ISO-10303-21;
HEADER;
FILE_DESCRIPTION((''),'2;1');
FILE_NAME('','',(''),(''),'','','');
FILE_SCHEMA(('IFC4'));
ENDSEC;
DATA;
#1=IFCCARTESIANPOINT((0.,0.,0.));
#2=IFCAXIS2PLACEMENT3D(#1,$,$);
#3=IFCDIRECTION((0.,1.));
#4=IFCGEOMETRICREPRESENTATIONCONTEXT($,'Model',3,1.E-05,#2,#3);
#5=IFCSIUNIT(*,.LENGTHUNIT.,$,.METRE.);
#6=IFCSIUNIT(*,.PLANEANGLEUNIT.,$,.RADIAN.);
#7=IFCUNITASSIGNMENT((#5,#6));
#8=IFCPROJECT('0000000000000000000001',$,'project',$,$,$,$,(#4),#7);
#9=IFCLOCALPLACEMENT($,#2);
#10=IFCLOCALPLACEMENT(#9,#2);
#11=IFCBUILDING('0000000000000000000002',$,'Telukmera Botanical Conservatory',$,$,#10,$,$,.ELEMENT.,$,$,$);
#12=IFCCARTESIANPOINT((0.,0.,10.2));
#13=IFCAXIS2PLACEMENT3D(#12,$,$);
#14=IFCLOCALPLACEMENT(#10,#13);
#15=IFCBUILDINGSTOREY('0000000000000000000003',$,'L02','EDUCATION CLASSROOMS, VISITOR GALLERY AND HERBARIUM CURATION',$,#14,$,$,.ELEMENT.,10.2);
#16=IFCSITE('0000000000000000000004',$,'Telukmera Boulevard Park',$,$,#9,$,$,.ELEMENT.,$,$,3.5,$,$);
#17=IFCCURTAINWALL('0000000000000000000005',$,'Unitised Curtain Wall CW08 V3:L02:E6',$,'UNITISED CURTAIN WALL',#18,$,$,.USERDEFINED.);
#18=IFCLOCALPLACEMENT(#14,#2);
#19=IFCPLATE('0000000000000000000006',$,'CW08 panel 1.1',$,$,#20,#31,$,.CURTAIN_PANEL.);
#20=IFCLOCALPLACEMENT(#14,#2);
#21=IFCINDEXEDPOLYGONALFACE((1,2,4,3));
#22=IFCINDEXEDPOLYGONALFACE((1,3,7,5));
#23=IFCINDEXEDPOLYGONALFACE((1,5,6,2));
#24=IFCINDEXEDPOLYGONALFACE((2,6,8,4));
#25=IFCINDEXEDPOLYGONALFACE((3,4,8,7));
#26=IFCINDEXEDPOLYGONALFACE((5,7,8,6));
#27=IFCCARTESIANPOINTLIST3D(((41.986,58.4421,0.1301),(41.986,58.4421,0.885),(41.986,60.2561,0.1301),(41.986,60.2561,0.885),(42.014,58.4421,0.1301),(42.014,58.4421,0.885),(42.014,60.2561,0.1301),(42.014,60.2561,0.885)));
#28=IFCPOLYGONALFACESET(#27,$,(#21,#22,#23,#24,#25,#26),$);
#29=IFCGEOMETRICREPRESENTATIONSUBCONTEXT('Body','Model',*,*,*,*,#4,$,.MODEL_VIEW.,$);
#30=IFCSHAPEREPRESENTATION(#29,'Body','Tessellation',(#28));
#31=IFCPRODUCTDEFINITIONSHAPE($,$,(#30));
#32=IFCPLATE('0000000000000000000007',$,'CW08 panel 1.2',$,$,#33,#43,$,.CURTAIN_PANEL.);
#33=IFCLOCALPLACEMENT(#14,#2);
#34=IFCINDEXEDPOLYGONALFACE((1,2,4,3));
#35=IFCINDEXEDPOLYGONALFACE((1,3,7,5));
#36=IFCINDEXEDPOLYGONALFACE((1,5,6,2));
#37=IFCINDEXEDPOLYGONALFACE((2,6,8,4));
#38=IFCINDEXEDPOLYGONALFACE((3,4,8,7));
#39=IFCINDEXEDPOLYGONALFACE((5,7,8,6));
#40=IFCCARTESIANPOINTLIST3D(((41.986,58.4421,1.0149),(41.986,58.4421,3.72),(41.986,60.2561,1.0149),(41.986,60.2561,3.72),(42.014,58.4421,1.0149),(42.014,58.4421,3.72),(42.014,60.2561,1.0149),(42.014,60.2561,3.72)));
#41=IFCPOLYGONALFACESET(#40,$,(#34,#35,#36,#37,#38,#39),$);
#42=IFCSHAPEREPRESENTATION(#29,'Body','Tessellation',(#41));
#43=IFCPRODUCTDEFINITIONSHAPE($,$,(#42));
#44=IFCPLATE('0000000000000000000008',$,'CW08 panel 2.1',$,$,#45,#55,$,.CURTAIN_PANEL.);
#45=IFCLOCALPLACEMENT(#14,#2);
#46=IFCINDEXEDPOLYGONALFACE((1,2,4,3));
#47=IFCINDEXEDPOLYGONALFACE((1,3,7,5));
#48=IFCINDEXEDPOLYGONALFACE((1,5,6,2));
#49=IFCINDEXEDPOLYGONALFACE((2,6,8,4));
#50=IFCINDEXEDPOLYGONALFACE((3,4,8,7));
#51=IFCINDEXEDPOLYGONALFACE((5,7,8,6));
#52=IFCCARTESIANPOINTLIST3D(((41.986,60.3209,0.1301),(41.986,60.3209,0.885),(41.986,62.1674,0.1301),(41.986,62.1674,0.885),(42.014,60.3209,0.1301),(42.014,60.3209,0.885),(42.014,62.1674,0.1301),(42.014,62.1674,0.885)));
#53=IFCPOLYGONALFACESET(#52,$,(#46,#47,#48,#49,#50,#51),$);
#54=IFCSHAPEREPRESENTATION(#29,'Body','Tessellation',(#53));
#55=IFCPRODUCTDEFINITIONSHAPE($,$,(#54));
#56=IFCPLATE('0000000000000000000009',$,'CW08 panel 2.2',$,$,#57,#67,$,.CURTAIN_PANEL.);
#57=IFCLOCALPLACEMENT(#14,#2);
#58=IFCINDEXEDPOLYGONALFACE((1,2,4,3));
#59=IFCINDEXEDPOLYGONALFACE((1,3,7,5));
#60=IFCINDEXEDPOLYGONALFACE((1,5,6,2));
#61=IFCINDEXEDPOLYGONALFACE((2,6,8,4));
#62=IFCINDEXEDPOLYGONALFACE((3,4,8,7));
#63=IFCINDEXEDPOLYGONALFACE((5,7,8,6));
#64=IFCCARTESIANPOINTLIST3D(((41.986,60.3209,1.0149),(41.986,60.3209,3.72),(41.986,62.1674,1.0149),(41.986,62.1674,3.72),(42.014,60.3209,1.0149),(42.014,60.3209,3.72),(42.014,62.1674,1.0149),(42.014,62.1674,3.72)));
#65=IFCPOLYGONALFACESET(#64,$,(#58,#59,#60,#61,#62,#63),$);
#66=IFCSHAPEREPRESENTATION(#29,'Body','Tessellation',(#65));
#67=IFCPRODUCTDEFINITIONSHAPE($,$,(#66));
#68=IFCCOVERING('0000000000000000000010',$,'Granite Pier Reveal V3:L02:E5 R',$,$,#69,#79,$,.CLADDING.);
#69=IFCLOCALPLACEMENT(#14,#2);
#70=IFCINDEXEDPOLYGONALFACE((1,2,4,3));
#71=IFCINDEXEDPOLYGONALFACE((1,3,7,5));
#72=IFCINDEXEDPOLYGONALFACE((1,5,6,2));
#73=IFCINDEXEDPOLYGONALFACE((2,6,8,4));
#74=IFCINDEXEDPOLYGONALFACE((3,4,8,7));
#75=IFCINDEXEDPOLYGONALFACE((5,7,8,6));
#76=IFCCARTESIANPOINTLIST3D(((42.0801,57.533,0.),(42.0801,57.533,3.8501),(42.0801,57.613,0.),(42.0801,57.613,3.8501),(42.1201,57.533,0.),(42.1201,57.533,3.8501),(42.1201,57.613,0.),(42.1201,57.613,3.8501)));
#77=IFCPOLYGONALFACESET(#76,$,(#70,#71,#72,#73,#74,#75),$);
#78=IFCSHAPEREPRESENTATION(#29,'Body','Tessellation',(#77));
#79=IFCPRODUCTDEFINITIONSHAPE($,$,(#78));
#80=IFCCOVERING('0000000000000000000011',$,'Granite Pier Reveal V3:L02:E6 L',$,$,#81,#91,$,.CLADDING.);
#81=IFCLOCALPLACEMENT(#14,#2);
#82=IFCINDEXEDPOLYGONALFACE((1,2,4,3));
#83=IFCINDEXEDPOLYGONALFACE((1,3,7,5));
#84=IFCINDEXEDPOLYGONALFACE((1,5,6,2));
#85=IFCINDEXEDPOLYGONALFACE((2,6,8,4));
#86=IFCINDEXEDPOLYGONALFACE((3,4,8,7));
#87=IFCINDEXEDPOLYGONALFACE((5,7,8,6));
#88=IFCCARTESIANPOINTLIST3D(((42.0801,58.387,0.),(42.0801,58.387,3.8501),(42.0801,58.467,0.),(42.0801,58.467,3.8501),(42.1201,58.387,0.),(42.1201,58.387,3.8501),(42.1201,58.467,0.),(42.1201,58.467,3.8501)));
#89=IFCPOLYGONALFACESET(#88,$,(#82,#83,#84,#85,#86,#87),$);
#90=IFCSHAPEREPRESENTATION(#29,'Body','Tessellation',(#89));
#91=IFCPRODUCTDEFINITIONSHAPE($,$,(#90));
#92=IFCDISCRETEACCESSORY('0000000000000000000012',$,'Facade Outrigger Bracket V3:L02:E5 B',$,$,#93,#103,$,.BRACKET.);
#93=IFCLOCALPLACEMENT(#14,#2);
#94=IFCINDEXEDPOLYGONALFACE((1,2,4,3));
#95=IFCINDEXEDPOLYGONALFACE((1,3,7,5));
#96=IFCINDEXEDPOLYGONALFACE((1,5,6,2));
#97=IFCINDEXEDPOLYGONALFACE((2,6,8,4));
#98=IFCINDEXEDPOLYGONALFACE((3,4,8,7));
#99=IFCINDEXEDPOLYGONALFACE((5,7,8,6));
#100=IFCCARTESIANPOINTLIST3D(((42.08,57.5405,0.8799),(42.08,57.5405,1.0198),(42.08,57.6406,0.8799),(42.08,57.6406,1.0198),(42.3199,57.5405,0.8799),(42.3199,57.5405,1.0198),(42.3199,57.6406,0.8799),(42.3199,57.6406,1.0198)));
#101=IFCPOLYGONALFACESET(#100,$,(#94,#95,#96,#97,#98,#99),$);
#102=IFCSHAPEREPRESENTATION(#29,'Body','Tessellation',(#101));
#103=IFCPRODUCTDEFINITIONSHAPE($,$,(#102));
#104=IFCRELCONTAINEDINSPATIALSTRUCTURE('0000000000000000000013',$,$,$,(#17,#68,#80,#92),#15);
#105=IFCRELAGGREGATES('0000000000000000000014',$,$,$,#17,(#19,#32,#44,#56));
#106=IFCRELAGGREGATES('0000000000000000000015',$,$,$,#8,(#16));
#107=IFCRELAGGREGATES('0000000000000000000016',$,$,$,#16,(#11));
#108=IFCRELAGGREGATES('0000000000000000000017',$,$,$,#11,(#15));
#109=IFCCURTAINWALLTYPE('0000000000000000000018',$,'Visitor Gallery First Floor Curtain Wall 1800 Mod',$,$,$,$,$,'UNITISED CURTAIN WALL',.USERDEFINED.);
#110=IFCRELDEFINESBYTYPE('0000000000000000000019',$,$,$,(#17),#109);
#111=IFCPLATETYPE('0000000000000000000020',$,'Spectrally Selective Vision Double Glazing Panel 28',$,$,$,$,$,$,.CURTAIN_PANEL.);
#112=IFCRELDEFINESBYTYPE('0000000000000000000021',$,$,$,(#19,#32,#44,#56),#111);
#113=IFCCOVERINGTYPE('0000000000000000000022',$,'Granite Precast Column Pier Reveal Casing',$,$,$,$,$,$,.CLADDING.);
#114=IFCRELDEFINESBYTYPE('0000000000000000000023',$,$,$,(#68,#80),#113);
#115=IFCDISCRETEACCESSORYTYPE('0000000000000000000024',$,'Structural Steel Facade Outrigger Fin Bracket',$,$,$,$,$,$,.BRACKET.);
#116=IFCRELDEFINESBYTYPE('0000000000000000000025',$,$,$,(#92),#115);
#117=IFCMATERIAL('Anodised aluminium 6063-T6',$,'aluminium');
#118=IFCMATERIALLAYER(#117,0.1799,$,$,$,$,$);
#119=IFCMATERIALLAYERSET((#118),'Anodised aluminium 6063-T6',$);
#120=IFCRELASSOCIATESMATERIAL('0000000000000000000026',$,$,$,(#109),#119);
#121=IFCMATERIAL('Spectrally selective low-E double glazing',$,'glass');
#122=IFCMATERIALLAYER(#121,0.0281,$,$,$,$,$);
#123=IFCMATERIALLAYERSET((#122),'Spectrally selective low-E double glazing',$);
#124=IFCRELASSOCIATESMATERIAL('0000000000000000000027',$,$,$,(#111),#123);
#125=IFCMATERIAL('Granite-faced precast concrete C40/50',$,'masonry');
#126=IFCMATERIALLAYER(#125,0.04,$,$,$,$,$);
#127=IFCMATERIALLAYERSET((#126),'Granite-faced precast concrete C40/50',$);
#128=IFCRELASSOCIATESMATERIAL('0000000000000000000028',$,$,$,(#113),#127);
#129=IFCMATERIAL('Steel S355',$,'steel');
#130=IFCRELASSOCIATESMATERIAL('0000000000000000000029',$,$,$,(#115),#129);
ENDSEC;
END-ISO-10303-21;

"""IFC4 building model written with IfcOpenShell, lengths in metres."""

from ifc_helpers import new_model, si_unit, direction, frame, origin, origin_2d, place, context, subcontext, project, spatial, rectangle, extrude, material, layer, layer_set, type_object, element, aggregate, save


model = new_model("IFC4")

# Units and contexts
model_context = context("Model", 3, precision=1e-05, world=origin(), true_north=direction((0.0, 1.0)))
body_context = subcontext(model_context, "Body", "Model", "MODEL_VIEW")
ifc_project = project(units=[si_unit("LENGTHUNIT", "METRE"), si_unit("PLANEANGLEUNIT", "RADIAN")], contexts=[model_context])

# Site, building, storey
site_placement = place(None, origin())
site = spatial("IfcSite", under=ifc_project, at=site_placement, Name="Telukmera Boulevard Park", CompositionType="ELEMENT", RefElevation=3.5)
building_placement = place(site_placement, origin())
building = spatial("IfcBuilding", under=site, at=building_placement, Name="Telukmera Botanical Conservatory", CompositionType="ELEMENT")
storey_placement = place(building_placement, frame((0.0, 0.0, 10.2)))
storey = spatial("IfcBuildingStorey", under=building, at=storey_placement, Name="L02", Description="EDUCATION CLASSROOMS, VISITOR GALLERY AND HERBARIUM CURATION", CompositionType="ELEMENT", Elevation=10.2)

# Curtain wall
ifc_material_1 = material(Name="Anodised aluminium 6063-T6", Category="aluminium")
ifc_layer_1 = layer(ifc_material_1, 0.1799)
ifc_layer_set_1 = layer_set([ifc_layer_1], Name="Anodised aluminium 6063-T6")
curtain_wall_type_1 = type_object("IfcCurtainWallType", Name="Visitor Gallery First Floor Curtain Wall 1800 Mod", ElementType="UNITISED CURTAIN WALL", PredefinedType="USERDEFINED", material=ifc_layer_set_1)
curtain_wall_1_placement = place(storey_placement, origin())
curtain_wall_1 = element("IfcCurtainWall", 1, at=curtain_wall_1_placement, inside=storey, type_object=curtain_wall_type_1, Name="Unitised Curtain Wall CW08 V3:L02:E6", ObjectType="UNITISED CURTAIN WALL", PredefinedType="USERDEFINED")

# Plates
ifc_material_2 = material(Name="Spectrally selective low-E double glazing", Category="glass")
ifc_layer_2 = layer(ifc_material_2, 0.0281)
ifc_layer_set_2 = layer_set([ifc_layer_2], Name="Spectrally selective low-E double glazing")
plate_type_1 = type_object("IfcPlateType", Name="Spectrally Selective Vision Double Glazing Panel 28", PredefinedType="CURTAIN_PANEL", material=ifc_layer_set_2)
plate_1_placement = place(storey_placement, frame((42.0, 59.3491, 0.1301), z_axis=(0.0, 0.0, 1.0), x_axis=(0.0, 1.0, 0.0)))
plate_1 = element("IfcPlate", 2, at=plate_1_placement, type_object=plate_type_1, Name="CW08 panel 1.1", PredefinedType="CURTAIN_PANEL", context=body_context, shape_type="SweptSolid", body=[
    extrude(rectangle(XDim=1.814, YDim=0.0281, at=origin_2d()), origin(), (0.0, 0.0, 1.0), 0.7549),
])
plate_2_placement = place(storey_placement, frame((42.0, 59.3491, 1.0149), z_axis=(0.0, 0.0, 1.0), x_axis=(0.0, 1.0, 0.0)))
plate_2 = element("IfcPlate", 3, at=plate_2_placement, type_object=plate_type_1, Name="CW08 panel 1.2", PredefinedType="CURTAIN_PANEL", context=body_context, shape_type="SweptSolid", body=[
    extrude(rectangle(XDim=1.814, YDim=0.0281, at=origin_2d()), origin(), (0.0, 0.0, 1.0), 2.7051),
])
plate_3_placement = place(storey_placement, frame((42.0, 61.2441, 0.1301), z_axis=(0.0, 0.0, 1.0), x_axis=(0.0, 1.0, 0.0)))
plate_3 = element("IfcPlate", 4, at=plate_3_placement, type_object=plate_type_1, Name="CW08 panel 2.1", PredefinedType="CURTAIN_PANEL", context=body_context, shape_type="SweptSolid", body=[
    extrude(rectangle(XDim=1.8464, YDim=0.0281, at=origin_2d()), origin(), (0.0, 0.0, 1.0), 0.7549),
])
plate_4_placement = place(storey_placement, frame((42.0, 61.2441, 1.0149), z_axis=(0.0, 0.0, 1.0), x_axis=(0.0, 1.0, 0.0)))
plate_4 = element("IfcPlate", 5, at=plate_4_placement, type_object=plate_type_1, Name="CW08 panel 2.2", PredefinedType="CURTAIN_PANEL", context=body_context, shape_type="SweptSolid", body=[
    extrude(rectangle(XDim=1.8464, YDim=0.0281, at=origin_2d()), origin(), (0.0, 0.0, 1.0), 2.7051),
])
aggregate(curtain_wall_1, [plate_1, plate_2, plate_3, plate_4])

# Coverings
ifc_material_3 = material(Name="Granite-faced precast concrete C40/50", Category="masonry")
ifc_layer_3 = layer(ifc_material_3, 0.04)
ifc_layer_set_3 = layer_set([ifc_layer_3], Name="Granite-faced precast concrete C40/50")
covering_type = type_object("IfcCoveringType", Name="Granite Precast Column Pier Reveal Casing", PredefinedType="CLADDING", material=ifc_layer_set_3)
for number, where, z_axis, x_axis, name in (
    (6, (42.1001, 57.573, 0.0), (0.0, 0.0, 1.0), (0.0, 1.0, 0.0), "Granite Pier Reveal V3:L02:E5 R"),
    (7, (42.1001, 58.427, 0.0), (0.0, 0.0, 1.0), (0.0, 1.0, 0.0), "Granite Pier Reveal V3:L02:E6 L"),
):
    element("IfcCovering", number, at=place(storey_placement, frame(where, z_axis=z_axis, x_axis=x_axis)), inside=storey, type_object=covering_type, Name=name, PredefinedType="CLADDING", context=body_context, shape_type="SweptSolid", body=[
        extrude(rectangle(XDim=0.0801, YDim=0.04, at=origin_2d()), origin(), (0.0, 0.0, 1.0), 3.8501),
    ])

# Discrete accessory
ifc_material_4 = material(Name="Steel S355", Category="steel")
discrete_accessory_type = type_object("IfcDiscreteAccessoryType", Name="Structural Steel Facade Outrigger Fin Bracket", PredefinedType="BRACKET", material=ifc_material_4)
discrete_accessory_placement = place(storey_placement, frame((42.2, 57.5906, 0.8799), z_axis=(0.0, 0.0, 1.0), x_axis=(0.0, 1.0, 0.0)))
element("IfcDiscreteAccessory", 8, at=discrete_accessory_placement, inside=storey, type_object=discrete_accessory_type, Name="Facade Outrigger Bracket V3:L02:E5 B", PredefinedType="BRACKET", context=body_context, shape_type="SweptSolid", body=[
    extrude(rectangle(XDim=0.1001, YDim=0.24, at=origin_2d()), origin(), (0.0, 0.0, 1.0), 0.1399),
])

save(model, "model.ifc")
